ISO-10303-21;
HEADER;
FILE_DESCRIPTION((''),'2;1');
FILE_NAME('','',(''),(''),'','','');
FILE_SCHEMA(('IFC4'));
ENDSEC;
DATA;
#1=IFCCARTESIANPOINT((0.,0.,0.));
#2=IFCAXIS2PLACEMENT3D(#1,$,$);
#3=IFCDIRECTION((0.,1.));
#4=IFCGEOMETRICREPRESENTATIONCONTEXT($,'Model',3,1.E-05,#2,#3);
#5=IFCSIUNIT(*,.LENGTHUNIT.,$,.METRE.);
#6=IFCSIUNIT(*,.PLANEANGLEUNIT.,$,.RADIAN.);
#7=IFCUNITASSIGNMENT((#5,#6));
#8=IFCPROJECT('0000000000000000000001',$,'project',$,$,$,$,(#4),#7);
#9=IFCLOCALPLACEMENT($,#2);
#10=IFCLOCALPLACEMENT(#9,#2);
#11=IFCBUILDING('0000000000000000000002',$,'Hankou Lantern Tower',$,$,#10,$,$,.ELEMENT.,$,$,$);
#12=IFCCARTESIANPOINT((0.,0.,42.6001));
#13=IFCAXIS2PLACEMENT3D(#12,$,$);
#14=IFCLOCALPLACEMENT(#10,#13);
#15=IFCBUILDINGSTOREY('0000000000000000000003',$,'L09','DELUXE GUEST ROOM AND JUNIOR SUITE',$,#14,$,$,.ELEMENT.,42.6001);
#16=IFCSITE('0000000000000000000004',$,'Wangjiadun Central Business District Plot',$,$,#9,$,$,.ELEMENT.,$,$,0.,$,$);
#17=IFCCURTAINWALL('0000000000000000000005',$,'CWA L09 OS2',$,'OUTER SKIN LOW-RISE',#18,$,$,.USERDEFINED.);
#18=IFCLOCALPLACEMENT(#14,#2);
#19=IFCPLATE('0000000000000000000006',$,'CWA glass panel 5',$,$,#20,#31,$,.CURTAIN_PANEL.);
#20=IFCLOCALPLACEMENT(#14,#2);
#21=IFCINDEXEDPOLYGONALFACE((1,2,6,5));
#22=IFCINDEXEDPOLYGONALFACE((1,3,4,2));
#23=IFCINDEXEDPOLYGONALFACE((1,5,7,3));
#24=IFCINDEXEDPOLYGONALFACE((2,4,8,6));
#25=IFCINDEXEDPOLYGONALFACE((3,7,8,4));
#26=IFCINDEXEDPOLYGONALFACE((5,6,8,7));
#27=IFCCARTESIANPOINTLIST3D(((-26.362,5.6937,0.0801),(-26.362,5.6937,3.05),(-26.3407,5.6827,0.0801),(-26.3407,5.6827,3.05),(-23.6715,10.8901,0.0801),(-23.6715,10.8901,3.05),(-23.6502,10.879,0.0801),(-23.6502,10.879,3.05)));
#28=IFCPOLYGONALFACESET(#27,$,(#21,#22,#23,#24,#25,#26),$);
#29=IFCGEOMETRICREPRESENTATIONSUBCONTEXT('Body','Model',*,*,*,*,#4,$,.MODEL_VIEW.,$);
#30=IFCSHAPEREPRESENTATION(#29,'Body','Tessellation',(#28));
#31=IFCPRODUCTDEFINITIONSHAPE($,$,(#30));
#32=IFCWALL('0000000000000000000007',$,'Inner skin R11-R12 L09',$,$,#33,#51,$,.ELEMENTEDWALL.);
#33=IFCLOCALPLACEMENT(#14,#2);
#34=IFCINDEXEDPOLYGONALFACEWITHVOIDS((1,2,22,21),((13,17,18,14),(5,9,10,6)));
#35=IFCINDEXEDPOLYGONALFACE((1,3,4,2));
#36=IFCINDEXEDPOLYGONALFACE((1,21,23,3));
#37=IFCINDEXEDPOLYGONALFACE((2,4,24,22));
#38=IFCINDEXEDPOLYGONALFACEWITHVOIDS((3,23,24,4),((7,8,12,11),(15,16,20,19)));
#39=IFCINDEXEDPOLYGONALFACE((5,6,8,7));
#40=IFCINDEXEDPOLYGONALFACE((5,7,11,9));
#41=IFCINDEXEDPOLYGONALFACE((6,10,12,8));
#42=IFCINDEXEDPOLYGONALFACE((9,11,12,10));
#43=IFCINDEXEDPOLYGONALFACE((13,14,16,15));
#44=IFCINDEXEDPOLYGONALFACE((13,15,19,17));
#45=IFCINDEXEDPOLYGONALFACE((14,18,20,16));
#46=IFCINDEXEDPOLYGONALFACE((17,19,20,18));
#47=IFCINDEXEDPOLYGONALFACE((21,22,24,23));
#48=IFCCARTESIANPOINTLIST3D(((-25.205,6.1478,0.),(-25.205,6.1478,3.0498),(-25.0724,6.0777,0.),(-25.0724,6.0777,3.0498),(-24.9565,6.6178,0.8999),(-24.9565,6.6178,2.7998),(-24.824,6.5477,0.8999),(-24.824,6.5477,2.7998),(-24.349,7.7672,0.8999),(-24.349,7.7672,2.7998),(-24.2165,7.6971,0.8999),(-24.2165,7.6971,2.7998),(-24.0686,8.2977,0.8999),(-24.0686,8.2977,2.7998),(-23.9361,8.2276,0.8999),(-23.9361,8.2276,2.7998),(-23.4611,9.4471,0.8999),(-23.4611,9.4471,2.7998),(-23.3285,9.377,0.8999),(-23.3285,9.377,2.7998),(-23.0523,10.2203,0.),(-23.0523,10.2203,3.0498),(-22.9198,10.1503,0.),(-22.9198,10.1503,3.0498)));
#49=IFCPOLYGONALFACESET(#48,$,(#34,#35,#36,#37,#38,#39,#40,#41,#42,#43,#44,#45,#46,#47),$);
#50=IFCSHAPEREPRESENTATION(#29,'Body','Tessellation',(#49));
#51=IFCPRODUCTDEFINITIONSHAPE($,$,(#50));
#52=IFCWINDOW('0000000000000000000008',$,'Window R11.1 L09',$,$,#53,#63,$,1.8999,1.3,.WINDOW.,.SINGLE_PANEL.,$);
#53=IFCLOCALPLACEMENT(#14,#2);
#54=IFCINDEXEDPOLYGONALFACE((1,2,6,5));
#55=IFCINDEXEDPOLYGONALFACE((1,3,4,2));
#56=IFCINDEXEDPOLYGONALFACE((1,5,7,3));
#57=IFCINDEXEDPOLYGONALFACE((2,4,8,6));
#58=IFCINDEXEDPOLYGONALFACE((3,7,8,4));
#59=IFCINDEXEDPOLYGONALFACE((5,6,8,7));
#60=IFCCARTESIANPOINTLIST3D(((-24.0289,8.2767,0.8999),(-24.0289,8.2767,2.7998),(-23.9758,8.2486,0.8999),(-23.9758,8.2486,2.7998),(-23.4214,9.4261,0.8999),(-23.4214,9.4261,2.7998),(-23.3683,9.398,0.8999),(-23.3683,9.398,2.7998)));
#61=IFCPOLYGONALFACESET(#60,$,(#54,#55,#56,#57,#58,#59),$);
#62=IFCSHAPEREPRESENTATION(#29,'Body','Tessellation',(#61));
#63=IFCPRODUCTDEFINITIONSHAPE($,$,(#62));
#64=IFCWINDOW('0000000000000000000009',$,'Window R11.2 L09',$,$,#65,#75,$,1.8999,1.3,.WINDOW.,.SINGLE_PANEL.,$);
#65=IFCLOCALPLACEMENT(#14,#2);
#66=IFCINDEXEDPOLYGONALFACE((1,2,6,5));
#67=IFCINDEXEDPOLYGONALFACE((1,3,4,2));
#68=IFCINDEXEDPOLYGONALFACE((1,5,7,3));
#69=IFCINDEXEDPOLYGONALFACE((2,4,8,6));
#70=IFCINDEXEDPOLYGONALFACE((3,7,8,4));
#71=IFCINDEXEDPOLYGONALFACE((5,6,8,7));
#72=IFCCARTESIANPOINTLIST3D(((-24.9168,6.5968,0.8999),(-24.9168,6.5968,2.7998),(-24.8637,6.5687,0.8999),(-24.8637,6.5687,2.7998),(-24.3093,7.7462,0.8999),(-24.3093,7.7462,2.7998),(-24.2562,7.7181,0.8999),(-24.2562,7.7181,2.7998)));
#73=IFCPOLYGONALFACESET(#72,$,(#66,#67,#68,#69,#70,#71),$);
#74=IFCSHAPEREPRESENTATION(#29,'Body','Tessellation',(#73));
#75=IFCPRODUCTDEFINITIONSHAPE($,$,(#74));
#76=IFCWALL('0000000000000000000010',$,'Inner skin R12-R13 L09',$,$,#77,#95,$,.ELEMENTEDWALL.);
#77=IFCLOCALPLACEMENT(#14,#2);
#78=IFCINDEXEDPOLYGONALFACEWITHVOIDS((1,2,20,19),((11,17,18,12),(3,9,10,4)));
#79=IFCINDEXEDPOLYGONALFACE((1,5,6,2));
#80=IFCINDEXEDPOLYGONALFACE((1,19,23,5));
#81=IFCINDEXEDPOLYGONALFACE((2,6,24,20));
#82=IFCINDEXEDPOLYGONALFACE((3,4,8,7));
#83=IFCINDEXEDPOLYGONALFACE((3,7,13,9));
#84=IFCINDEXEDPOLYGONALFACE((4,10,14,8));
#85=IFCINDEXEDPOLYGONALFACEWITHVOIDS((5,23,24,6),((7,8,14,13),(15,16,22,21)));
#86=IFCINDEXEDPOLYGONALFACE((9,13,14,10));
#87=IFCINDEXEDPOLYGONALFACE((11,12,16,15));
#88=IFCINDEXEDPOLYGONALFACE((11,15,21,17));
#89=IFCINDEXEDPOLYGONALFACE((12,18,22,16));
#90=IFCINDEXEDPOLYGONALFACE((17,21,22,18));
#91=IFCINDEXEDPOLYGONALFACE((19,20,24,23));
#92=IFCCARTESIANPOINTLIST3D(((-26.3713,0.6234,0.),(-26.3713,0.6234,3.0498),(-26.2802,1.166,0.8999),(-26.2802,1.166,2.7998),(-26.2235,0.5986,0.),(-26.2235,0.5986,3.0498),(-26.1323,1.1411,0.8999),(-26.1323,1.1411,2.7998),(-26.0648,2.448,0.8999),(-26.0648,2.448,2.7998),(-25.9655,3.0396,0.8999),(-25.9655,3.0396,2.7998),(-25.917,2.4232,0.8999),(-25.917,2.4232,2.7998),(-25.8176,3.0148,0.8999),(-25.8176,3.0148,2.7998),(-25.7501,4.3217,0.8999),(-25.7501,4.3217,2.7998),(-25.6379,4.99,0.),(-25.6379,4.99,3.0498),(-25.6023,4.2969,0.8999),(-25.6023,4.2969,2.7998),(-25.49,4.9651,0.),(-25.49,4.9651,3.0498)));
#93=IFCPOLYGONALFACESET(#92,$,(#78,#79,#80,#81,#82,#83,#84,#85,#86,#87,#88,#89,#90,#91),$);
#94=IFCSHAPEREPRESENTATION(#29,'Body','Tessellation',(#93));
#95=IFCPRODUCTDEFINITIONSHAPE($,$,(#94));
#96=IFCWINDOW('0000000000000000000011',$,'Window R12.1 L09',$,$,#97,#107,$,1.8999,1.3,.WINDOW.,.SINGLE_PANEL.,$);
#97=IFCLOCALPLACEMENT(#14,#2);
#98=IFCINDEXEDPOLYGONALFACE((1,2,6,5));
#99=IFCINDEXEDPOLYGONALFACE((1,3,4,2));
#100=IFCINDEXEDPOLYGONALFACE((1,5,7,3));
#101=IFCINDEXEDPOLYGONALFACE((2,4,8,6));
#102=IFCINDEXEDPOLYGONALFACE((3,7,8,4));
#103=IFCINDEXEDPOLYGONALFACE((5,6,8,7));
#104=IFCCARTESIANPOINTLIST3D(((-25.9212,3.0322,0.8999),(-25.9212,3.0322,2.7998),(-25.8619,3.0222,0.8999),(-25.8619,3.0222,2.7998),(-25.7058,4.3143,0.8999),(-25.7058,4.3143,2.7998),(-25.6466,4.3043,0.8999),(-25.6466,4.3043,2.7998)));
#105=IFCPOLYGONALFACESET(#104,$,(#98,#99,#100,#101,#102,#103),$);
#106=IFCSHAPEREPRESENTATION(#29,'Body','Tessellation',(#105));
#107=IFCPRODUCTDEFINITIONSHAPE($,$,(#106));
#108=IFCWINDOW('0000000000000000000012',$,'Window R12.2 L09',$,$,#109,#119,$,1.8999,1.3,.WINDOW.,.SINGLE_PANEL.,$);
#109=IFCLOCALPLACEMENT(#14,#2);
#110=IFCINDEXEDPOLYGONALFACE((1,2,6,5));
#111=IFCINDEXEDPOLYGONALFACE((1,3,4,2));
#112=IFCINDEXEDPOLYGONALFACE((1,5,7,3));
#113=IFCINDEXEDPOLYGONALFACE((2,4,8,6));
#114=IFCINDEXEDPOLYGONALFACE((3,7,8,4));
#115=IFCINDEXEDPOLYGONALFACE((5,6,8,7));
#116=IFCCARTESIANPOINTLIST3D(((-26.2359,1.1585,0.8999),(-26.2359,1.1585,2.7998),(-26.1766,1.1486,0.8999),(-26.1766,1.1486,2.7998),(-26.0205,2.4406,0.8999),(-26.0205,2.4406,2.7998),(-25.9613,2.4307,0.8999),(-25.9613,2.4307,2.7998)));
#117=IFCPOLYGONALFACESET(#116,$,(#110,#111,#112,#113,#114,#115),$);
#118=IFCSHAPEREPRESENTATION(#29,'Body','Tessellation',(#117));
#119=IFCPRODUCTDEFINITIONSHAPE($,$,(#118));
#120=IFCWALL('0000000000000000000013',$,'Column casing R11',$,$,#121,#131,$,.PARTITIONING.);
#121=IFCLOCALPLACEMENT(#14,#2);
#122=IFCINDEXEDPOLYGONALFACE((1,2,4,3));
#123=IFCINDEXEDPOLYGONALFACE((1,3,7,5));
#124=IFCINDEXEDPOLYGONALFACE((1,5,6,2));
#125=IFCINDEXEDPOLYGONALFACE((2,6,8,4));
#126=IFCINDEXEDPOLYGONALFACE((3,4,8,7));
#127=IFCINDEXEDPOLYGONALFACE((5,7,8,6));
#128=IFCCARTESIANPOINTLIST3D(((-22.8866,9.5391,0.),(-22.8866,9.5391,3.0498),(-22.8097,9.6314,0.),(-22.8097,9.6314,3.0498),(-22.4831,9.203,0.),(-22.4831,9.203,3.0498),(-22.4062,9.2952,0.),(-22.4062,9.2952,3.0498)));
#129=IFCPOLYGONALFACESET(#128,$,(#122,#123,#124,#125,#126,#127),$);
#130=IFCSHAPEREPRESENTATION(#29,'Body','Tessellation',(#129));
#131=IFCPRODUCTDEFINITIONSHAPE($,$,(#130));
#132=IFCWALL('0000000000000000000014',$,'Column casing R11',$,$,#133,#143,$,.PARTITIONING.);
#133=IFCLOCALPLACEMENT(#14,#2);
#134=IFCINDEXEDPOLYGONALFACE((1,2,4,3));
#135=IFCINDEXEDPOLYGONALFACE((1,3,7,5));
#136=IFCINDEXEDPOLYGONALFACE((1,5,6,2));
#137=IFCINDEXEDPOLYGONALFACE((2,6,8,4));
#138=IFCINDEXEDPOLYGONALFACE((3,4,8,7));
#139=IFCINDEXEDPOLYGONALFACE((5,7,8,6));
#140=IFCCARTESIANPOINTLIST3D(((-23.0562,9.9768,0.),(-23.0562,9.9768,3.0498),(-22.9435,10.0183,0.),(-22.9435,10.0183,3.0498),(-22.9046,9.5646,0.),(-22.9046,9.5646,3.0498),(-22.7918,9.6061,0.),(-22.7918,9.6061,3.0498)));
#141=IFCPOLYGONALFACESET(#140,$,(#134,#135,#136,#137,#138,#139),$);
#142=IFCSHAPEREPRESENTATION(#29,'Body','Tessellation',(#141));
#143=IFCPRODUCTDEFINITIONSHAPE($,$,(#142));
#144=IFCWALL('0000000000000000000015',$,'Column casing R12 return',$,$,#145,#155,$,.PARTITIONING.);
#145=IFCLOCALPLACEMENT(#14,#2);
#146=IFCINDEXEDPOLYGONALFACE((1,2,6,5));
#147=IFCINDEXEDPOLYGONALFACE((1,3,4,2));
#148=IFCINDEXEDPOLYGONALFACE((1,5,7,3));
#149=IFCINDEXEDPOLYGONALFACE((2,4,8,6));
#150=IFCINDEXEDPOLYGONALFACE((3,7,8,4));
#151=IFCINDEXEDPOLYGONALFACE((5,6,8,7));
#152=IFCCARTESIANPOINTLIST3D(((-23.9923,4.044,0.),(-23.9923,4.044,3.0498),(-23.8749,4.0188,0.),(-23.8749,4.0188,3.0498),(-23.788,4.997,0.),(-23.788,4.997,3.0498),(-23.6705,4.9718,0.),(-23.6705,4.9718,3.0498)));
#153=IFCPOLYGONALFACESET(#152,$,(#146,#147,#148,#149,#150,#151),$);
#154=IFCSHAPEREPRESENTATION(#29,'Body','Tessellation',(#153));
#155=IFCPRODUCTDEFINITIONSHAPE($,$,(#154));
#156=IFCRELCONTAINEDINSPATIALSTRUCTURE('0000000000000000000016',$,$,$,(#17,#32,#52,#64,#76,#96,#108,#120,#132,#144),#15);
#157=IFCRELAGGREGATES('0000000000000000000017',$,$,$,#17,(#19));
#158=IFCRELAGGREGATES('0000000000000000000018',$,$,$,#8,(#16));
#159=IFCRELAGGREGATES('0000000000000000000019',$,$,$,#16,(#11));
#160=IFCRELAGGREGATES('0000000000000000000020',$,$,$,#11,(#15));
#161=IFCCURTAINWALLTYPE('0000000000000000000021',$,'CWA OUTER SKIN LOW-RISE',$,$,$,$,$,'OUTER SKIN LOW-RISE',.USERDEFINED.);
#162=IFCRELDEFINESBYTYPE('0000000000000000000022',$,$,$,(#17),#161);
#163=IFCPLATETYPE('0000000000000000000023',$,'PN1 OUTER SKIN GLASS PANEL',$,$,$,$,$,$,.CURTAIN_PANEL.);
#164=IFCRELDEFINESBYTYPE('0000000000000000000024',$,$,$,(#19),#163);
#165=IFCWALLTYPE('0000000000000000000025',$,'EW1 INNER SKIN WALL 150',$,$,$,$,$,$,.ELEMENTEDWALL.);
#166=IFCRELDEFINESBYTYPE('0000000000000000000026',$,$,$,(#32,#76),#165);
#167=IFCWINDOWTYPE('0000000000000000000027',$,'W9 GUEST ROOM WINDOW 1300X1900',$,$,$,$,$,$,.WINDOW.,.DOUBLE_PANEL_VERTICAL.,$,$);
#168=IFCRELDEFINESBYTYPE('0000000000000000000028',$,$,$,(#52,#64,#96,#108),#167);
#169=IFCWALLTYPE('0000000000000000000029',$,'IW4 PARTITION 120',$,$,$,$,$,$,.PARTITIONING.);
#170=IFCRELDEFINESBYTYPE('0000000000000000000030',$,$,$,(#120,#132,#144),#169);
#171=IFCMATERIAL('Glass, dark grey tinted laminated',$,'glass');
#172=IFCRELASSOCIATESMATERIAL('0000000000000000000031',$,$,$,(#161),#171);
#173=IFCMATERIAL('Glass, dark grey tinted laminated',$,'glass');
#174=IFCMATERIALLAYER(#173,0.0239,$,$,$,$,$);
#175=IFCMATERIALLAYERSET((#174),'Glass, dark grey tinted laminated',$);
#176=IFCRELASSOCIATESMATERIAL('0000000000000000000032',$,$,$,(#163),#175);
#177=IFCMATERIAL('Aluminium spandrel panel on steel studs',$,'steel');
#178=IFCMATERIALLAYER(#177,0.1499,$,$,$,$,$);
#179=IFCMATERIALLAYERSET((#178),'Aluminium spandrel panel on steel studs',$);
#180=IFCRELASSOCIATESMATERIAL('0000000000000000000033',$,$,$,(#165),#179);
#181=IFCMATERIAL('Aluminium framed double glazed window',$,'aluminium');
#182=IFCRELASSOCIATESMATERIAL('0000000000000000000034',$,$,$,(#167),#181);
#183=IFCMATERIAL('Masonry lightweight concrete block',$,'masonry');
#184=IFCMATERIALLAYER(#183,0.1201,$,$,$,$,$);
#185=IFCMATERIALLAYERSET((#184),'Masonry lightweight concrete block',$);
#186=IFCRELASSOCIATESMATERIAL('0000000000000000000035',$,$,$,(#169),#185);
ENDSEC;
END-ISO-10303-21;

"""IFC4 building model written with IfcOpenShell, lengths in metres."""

from ifc_helpers import new_model, si_unit, direction, frame, frame_2d, origin, origin_2d, place, context, subcontext, project, spatial, rectangle, extrude, material, layer, layer_set, type_object, element, fill, aggregate, save


model = new_model("IFC4")

# Units and contexts
model_context = context("Model", 3, precision=1e-05, world=origin(), true_north=direction((0.0, 1.0)))
body_context = subcontext(model_context, "Body", "Model", "MODEL_VIEW")
ifc_project = project(units=[si_unit("LENGTHUNIT", "METRE"), si_unit("PLANEANGLEUNIT", "RADIAN")], contexts=[model_context])

# Site, building, storey
site_placement = place(None, origin())
site = spatial("IfcSite", under=ifc_project, at=site_placement, Name="Wangjiadun Central Business District Plot", CompositionType="ELEMENT", RefElevation=0.0)
building_placement = place(site_placement, origin())
building = spatial("IfcBuilding", under=site, at=building_placement, Name="Hankou Lantern Tower", CompositionType="ELEMENT")
storey_placement = place(building_placement, frame((0.0, 0.0, 42.6001)))
storey = spatial("IfcBuildingStorey", under=building, at=storey_placement, Name="L09", Description="DELUXE GUEST ROOM AND JUNIOR SUITE", CompositionType="ELEMENT", Elevation=42.6001)

# Curtain wall
ifc_material_1 = material(Name="Glass, dark grey tinted laminated", Category="glass")
curtain_wall_type = type_object("IfcCurtainWallType", Name="CWA OUTER SKIN LOW-RISE", ElementType="OUTER SKIN LOW-RISE", PredefinedType="USERDEFINED", material=ifc_material_1)
curtain_wall_placement = place(storey_placement, origin())
curtain_wall = element("IfcCurtainWall", 1, at=curtain_wall_placement, inside=storey, type_object=curtain_wall_type, Name="CWA L09 OS2", ObjectType="OUTER SKIN LOW-RISE", PredefinedType="USERDEFINED")

# Plate
ifc_material_2 = material(Name="Glass, dark grey tinted laminated", Category="glass")
ifc_layer_1 = layer(ifc_material_2, 0.0239)
ifc_layer_set_1 = layer_set([ifc_layer_1], Name="Glass, dark grey tinted laminated")
plate_type = type_object("IfcPlateType", Name="PN1 OUTER SKIN GLASS PANEL", PredefinedType="CURTAIN_PANEL", material=ifc_layer_set_1)
plate_placement = place(storey_placement, frame((-25.0061, 8.2864, 0.0801), z_axis=(0.0, 0.0, 1.0), x_axis=(-0.459791, -0.888027, 0.0)))
plate = element("IfcPlate", 2, at=plate_placement, type_object=plate_type, Name="CWA glass panel 5", PredefinedType="CURTAIN_PANEL", context=body_context, shape_type="SweptSolid", body=[
    extrude(rectangle(XDim=5.8516, YDim=0.0239, at=origin_2d()), origin(), (0.0, 0.0, 1.0), 2.97),
])
aggregate(curtain_wall, [plate])

# Walls, openings, windows
ifc_material_3 = material(Name="Aluminium spandrel panel on steel studs", Category="steel")
ifc_layer_2 = layer(ifc_material_3, 0.1499)
ifc_layer_set_2 = layer_set([ifc_layer_2], Name="Aluminium spandrel panel on steel studs")
wall_type_1 = type_object("IfcWallType", Name="EW1 INNER SKIN WALL 150", PredefinedType="ELEMENTEDWALL", material=ifc_layer_set_2)
wall_1_placement = place(storey_placement, frame((-22.9861, 10.1853, 0.0), z_axis=(0.0, 0.0, 1.0), x_axis=(-0.467303, -0.884097, 0.0)))
wall_1 = element("IfcWall", 3, at=wall_1_placement, inside=storey, type_object=wall_type_1, Name="Inner skin R11-R12 L09", PredefinedType="ELEMENTEDWALL", context=body_context, shape_type="SweptSolid", body=[
    extrude(rectangle(XDim=4.6064, YDim=0.1499, at=frame_2d((2.3032, 0.0))), origin(), (0.0, 0.0, 1.0), 3.0498),
])
opening_1_placement = place(wall_1_placement, frame((0.8748, 0.0, 0.8999)))
opening_1 = element("IfcOpeningElement", 4, at=opening_1_placement, cuts=wall_1, PredefinedType="OPENING", context=body_context, shape_type="SweptSolid", body=[
    extrude(rectangle(XDim=1.3, YDim=1.8999, at=frame_2d((0.6499, 0.95))), frame((0.0, 0.085, 0.0), z_axis=(0.0, -1.0, 0.0), x_axis=(1.0, 0.0, 0.0)), (0.0, 0.0, 1.0), 0.1699),
])
opening_2_placement = place(wall_1_placement, frame((2.7749, 0.0, 0.8999)))
opening_2 = element("IfcOpeningElement", 5, at=opening_2_placement, cuts=wall_1, PredefinedType="OPENING", context=body_context, shape_type="SweptSolid", body=[
    extrude(rectangle(XDim=1.3, YDim=1.8999, at=frame_2d((0.6499, 0.95))), frame((0.0, 0.085, 0.0), z_axis=(0.0, -1.0, 0.0), x_axis=(1.0, 0.0, 0.0)), (0.0, 0.0, 1.0), 0.1699),
])
ifc_material_4 = material(Name="Aluminium framed double glazed window", Category="aluminium")
window_type = type_object("IfcWindowType", Name="W9 GUEST ROOM WINDOW 1300X1900", PartitioningType="DOUBLE_PANEL_VERTICAL", PredefinedType="WINDOW", material=ifc_material_4)
window_1_placement = place(opening_1_placement, origin())
window_1 = element("IfcWindow", 6, at=window_1_placement, inside=storey, type_object=window_type, Name="Window R11.1 L09", OverallHeight=1.8999, OverallWidth=1.3, PartitioningType="SINGLE_PANEL", PredefinedType="WINDOW", context=body_context, shape_type="SweptSolid", body=[
    extrude(rectangle(XDim=1.3, YDim=1.8999, at=frame_2d((0.6499, 0.95))), frame((0.0, 0.03, 0.0), z_axis=(0.0, -1.0, 0.0), x_axis=(1.0, 0.0, 0.0)), (0.0, 0.0, 1.0), 0.0601),
])
fill(opening_1, window_1)
window_2_placement = place(opening_2_placement, origin())
window_2 = element("IfcWindow", 7, at=window_2_placement, inside=storey, type_object=window_type, Name="Window R11.2 L09", OverallHeight=1.8999, OverallWidth=1.3, PartitioningType="SINGLE_PANEL", PredefinedType="WINDOW", context=body_context, shape_type="SweptSolid", body=[
    extrude(rectangle(XDim=1.3, YDim=1.8999, at=frame_2d((0.6499, 0.95))), frame((0.0, 0.03, 0.0), z_axis=(0.0, -1.0, 0.0), x_axis=(1.0, 0.0, 0.0)), (0.0, 0.0, 1.0), 0.0601),
])
fill(opening_2, window_2)
wall_2_placement = place(storey_placement, frame((-25.564, 4.9775, 0.0), z_axis=(0.0, 0.0, 1.0), x_axis=(-0.165642, -0.986186, 0.0)))
wall_2 = element("IfcWall", 8, at=wall_2_placement, inside=storey, type_object=wall_type_1, Name="Inner skin R12-R13 L09", PredefinedType="ELEMENTEDWALL", context=body_context, shape_type="SweptSolid", body=[
    extrude(rectangle(XDim=4.4277, YDim=0.1499, at=frame_2d((2.2139, 0.0))), origin(), (0.0, 0.0, 1.0), 3.0498),
])
opening_3_placement = place(wall_2_placement, frame((0.6777, 0.0, 0.8999)))
opening_3 = element("IfcOpeningElement", 9, at=opening_3_placement, cuts=wall_2, PredefinedType="OPENING", context=body_context, shape_type="SweptSolid", body=[
    extrude(rectangle(XDim=1.3, YDim=1.8999, at=frame_2d((0.6499, 0.95))), frame((0.0, 0.085, 0.0), z_axis=(0.0, -1.0, 0.0), x_axis=(1.0, 0.0, 0.0)), (0.0, 0.0, 1.0), 0.1699),
])
opening_4_placement = place(wall_2_placement, frame((2.5776, 0.0, 0.8999)))
opening_4 = element("IfcOpeningElement", 10, at=opening_4_placement, cuts=wall_2, PredefinedType="OPENING", context=body_context, shape_type="SweptSolid", body=[
    extrude(rectangle(XDim=1.3, YDim=1.8999, at=frame_2d((0.6499, 0.95))), frame((0.0, 0.085, 0.0), z_axis=(0.0, -1.0, 0.0), x_axis=(1.0, 0.0, 0.0)), (0.0, 0.0, 1.0), 0.1699),
])
window_3_placement = place(opening_3_placement, origin())
window_3 = element("IfcWindow", 11, at=window_3_placement, inside=storey, type_object=window_type, Name="Window R12.1 L09", OverallHeight=1.8999, OverallWidth=1.3, PartitioningType="SINGLE_PANEL", PredefinedType="WINDOW", context=body_context, shape_type="SweptSolid", body=[
    extrude(rectangle(XDim=1.3, YDim=1.8999, at=frame_2d((0.6499, 0.95))), frame((0.0, 0.03, 0.0), z_axis=(0.0, -1.0, 0.0), x_axis=(1.0, 0.0, 0.0)), (0.0, 0.0, 1.0), 0.0601),
])
fill(opening_3, window_3)
window_4_placement = place(opening_4_placement, origin())
window_4 = element("IfcWindow", 12, at=window_4_placement, inside=storey, type_object=window_type, Name="Window R12.2 L09", OverallHeight=1.8999, OverallWidth=1.3, PartitioningType="SINGLE_PANEL", PredefinedType="WINDOW", context=body_context, shape_type="SweptSolid", body=[
    extrude(rectangle(XDim=1.3, YDim=1.8999, at=frame_2d((0.6499, 0.95))), frame((0.0, 0.03, 0.0), z_axis=(0.0, -1.0, 0.0), x_axis=(1.0, 0.0, 0.0)), (0.0, 0.0, 1.0), 0.0601),
])
fill(opening_4, window_4)

# Walls
ifc_material_5 = material(Name="Masonry lightweight concrete block", Category="masonry")
ifc_layer_3 = layer(ifc_material_5, 0.1201)
ifc_layer_set_3 = layer_set([ifc_layer_3], Name="Masonry lightweight concrete block")
wall_type_2 = type_object("IfcWallType", Name="IW4 PARTITION 120", PredefinedType="PARTITIONING", material=ifc_layer_set_3)
wall_3_placement = place(storey_placement, frame((-22.4446, 9.249, 0.0), z_axis=(0.0, 0.0, 1.0), x_axis=(-0.768336, 0.640047, 0.0)))
element("IfcWall", 13, at=wall_3_placement, inside=storey, type_object=wall_type_2, Name="Column casing R11", PredefinedType="PARTITIONING", context=body_context, shape_type="SweptSolid", body=[
    extrude(rectangle(XDim=0.5251, YDim=0.1201, at=frame_2d((0.2627, 0.0))), origin(), (0.0, 0.0, 1.0), 3.0498),
])
wall_4_placement = place(storey_placement, frame((-22.8481, 9.5852, 0.0), z_axis=(0.0, 0.0, 1.0), x_axis=(-0.345267, 0.938504, 0.0)))
element("IfcWall", 14, at=wall_4_placement, inside=storey, type_object=wall_type_2, Name="Column casing R11", PredefinedType="PARTITIONING", context=body_context, shape_type="SweptSolid", body=[
    extrude(rectangle(XDim=0.4392, YDim=0.1201, at=frame_2d((0.2197, 0.0))), origin(), (0.0, 0.0, 1.0), 3.0498),
])
wall_5_placement = place(storey_placement, frame((-23.7292, 4.9844, 0.0), z_axis=(0.0, 0.0, 1.0), x_axis=(-0.209683, -0.977769, 0.0)))
element("IfcWall", 15, at=wall_5_placement, inside=storey, type_object=wall_type_2, Name="Column casing R12 return", PredefinedType="PARTITIONING", context=body_context, shape_type="SweptSolid", body=[
    extrude(rectangle(XDim=0.9746, YDim=0.1201, at=frame_2d((0.4873, 0.0))), origin(), (0.0, 0.0, 1.0), 3.0498),
])

save(model, "model.ifc")
